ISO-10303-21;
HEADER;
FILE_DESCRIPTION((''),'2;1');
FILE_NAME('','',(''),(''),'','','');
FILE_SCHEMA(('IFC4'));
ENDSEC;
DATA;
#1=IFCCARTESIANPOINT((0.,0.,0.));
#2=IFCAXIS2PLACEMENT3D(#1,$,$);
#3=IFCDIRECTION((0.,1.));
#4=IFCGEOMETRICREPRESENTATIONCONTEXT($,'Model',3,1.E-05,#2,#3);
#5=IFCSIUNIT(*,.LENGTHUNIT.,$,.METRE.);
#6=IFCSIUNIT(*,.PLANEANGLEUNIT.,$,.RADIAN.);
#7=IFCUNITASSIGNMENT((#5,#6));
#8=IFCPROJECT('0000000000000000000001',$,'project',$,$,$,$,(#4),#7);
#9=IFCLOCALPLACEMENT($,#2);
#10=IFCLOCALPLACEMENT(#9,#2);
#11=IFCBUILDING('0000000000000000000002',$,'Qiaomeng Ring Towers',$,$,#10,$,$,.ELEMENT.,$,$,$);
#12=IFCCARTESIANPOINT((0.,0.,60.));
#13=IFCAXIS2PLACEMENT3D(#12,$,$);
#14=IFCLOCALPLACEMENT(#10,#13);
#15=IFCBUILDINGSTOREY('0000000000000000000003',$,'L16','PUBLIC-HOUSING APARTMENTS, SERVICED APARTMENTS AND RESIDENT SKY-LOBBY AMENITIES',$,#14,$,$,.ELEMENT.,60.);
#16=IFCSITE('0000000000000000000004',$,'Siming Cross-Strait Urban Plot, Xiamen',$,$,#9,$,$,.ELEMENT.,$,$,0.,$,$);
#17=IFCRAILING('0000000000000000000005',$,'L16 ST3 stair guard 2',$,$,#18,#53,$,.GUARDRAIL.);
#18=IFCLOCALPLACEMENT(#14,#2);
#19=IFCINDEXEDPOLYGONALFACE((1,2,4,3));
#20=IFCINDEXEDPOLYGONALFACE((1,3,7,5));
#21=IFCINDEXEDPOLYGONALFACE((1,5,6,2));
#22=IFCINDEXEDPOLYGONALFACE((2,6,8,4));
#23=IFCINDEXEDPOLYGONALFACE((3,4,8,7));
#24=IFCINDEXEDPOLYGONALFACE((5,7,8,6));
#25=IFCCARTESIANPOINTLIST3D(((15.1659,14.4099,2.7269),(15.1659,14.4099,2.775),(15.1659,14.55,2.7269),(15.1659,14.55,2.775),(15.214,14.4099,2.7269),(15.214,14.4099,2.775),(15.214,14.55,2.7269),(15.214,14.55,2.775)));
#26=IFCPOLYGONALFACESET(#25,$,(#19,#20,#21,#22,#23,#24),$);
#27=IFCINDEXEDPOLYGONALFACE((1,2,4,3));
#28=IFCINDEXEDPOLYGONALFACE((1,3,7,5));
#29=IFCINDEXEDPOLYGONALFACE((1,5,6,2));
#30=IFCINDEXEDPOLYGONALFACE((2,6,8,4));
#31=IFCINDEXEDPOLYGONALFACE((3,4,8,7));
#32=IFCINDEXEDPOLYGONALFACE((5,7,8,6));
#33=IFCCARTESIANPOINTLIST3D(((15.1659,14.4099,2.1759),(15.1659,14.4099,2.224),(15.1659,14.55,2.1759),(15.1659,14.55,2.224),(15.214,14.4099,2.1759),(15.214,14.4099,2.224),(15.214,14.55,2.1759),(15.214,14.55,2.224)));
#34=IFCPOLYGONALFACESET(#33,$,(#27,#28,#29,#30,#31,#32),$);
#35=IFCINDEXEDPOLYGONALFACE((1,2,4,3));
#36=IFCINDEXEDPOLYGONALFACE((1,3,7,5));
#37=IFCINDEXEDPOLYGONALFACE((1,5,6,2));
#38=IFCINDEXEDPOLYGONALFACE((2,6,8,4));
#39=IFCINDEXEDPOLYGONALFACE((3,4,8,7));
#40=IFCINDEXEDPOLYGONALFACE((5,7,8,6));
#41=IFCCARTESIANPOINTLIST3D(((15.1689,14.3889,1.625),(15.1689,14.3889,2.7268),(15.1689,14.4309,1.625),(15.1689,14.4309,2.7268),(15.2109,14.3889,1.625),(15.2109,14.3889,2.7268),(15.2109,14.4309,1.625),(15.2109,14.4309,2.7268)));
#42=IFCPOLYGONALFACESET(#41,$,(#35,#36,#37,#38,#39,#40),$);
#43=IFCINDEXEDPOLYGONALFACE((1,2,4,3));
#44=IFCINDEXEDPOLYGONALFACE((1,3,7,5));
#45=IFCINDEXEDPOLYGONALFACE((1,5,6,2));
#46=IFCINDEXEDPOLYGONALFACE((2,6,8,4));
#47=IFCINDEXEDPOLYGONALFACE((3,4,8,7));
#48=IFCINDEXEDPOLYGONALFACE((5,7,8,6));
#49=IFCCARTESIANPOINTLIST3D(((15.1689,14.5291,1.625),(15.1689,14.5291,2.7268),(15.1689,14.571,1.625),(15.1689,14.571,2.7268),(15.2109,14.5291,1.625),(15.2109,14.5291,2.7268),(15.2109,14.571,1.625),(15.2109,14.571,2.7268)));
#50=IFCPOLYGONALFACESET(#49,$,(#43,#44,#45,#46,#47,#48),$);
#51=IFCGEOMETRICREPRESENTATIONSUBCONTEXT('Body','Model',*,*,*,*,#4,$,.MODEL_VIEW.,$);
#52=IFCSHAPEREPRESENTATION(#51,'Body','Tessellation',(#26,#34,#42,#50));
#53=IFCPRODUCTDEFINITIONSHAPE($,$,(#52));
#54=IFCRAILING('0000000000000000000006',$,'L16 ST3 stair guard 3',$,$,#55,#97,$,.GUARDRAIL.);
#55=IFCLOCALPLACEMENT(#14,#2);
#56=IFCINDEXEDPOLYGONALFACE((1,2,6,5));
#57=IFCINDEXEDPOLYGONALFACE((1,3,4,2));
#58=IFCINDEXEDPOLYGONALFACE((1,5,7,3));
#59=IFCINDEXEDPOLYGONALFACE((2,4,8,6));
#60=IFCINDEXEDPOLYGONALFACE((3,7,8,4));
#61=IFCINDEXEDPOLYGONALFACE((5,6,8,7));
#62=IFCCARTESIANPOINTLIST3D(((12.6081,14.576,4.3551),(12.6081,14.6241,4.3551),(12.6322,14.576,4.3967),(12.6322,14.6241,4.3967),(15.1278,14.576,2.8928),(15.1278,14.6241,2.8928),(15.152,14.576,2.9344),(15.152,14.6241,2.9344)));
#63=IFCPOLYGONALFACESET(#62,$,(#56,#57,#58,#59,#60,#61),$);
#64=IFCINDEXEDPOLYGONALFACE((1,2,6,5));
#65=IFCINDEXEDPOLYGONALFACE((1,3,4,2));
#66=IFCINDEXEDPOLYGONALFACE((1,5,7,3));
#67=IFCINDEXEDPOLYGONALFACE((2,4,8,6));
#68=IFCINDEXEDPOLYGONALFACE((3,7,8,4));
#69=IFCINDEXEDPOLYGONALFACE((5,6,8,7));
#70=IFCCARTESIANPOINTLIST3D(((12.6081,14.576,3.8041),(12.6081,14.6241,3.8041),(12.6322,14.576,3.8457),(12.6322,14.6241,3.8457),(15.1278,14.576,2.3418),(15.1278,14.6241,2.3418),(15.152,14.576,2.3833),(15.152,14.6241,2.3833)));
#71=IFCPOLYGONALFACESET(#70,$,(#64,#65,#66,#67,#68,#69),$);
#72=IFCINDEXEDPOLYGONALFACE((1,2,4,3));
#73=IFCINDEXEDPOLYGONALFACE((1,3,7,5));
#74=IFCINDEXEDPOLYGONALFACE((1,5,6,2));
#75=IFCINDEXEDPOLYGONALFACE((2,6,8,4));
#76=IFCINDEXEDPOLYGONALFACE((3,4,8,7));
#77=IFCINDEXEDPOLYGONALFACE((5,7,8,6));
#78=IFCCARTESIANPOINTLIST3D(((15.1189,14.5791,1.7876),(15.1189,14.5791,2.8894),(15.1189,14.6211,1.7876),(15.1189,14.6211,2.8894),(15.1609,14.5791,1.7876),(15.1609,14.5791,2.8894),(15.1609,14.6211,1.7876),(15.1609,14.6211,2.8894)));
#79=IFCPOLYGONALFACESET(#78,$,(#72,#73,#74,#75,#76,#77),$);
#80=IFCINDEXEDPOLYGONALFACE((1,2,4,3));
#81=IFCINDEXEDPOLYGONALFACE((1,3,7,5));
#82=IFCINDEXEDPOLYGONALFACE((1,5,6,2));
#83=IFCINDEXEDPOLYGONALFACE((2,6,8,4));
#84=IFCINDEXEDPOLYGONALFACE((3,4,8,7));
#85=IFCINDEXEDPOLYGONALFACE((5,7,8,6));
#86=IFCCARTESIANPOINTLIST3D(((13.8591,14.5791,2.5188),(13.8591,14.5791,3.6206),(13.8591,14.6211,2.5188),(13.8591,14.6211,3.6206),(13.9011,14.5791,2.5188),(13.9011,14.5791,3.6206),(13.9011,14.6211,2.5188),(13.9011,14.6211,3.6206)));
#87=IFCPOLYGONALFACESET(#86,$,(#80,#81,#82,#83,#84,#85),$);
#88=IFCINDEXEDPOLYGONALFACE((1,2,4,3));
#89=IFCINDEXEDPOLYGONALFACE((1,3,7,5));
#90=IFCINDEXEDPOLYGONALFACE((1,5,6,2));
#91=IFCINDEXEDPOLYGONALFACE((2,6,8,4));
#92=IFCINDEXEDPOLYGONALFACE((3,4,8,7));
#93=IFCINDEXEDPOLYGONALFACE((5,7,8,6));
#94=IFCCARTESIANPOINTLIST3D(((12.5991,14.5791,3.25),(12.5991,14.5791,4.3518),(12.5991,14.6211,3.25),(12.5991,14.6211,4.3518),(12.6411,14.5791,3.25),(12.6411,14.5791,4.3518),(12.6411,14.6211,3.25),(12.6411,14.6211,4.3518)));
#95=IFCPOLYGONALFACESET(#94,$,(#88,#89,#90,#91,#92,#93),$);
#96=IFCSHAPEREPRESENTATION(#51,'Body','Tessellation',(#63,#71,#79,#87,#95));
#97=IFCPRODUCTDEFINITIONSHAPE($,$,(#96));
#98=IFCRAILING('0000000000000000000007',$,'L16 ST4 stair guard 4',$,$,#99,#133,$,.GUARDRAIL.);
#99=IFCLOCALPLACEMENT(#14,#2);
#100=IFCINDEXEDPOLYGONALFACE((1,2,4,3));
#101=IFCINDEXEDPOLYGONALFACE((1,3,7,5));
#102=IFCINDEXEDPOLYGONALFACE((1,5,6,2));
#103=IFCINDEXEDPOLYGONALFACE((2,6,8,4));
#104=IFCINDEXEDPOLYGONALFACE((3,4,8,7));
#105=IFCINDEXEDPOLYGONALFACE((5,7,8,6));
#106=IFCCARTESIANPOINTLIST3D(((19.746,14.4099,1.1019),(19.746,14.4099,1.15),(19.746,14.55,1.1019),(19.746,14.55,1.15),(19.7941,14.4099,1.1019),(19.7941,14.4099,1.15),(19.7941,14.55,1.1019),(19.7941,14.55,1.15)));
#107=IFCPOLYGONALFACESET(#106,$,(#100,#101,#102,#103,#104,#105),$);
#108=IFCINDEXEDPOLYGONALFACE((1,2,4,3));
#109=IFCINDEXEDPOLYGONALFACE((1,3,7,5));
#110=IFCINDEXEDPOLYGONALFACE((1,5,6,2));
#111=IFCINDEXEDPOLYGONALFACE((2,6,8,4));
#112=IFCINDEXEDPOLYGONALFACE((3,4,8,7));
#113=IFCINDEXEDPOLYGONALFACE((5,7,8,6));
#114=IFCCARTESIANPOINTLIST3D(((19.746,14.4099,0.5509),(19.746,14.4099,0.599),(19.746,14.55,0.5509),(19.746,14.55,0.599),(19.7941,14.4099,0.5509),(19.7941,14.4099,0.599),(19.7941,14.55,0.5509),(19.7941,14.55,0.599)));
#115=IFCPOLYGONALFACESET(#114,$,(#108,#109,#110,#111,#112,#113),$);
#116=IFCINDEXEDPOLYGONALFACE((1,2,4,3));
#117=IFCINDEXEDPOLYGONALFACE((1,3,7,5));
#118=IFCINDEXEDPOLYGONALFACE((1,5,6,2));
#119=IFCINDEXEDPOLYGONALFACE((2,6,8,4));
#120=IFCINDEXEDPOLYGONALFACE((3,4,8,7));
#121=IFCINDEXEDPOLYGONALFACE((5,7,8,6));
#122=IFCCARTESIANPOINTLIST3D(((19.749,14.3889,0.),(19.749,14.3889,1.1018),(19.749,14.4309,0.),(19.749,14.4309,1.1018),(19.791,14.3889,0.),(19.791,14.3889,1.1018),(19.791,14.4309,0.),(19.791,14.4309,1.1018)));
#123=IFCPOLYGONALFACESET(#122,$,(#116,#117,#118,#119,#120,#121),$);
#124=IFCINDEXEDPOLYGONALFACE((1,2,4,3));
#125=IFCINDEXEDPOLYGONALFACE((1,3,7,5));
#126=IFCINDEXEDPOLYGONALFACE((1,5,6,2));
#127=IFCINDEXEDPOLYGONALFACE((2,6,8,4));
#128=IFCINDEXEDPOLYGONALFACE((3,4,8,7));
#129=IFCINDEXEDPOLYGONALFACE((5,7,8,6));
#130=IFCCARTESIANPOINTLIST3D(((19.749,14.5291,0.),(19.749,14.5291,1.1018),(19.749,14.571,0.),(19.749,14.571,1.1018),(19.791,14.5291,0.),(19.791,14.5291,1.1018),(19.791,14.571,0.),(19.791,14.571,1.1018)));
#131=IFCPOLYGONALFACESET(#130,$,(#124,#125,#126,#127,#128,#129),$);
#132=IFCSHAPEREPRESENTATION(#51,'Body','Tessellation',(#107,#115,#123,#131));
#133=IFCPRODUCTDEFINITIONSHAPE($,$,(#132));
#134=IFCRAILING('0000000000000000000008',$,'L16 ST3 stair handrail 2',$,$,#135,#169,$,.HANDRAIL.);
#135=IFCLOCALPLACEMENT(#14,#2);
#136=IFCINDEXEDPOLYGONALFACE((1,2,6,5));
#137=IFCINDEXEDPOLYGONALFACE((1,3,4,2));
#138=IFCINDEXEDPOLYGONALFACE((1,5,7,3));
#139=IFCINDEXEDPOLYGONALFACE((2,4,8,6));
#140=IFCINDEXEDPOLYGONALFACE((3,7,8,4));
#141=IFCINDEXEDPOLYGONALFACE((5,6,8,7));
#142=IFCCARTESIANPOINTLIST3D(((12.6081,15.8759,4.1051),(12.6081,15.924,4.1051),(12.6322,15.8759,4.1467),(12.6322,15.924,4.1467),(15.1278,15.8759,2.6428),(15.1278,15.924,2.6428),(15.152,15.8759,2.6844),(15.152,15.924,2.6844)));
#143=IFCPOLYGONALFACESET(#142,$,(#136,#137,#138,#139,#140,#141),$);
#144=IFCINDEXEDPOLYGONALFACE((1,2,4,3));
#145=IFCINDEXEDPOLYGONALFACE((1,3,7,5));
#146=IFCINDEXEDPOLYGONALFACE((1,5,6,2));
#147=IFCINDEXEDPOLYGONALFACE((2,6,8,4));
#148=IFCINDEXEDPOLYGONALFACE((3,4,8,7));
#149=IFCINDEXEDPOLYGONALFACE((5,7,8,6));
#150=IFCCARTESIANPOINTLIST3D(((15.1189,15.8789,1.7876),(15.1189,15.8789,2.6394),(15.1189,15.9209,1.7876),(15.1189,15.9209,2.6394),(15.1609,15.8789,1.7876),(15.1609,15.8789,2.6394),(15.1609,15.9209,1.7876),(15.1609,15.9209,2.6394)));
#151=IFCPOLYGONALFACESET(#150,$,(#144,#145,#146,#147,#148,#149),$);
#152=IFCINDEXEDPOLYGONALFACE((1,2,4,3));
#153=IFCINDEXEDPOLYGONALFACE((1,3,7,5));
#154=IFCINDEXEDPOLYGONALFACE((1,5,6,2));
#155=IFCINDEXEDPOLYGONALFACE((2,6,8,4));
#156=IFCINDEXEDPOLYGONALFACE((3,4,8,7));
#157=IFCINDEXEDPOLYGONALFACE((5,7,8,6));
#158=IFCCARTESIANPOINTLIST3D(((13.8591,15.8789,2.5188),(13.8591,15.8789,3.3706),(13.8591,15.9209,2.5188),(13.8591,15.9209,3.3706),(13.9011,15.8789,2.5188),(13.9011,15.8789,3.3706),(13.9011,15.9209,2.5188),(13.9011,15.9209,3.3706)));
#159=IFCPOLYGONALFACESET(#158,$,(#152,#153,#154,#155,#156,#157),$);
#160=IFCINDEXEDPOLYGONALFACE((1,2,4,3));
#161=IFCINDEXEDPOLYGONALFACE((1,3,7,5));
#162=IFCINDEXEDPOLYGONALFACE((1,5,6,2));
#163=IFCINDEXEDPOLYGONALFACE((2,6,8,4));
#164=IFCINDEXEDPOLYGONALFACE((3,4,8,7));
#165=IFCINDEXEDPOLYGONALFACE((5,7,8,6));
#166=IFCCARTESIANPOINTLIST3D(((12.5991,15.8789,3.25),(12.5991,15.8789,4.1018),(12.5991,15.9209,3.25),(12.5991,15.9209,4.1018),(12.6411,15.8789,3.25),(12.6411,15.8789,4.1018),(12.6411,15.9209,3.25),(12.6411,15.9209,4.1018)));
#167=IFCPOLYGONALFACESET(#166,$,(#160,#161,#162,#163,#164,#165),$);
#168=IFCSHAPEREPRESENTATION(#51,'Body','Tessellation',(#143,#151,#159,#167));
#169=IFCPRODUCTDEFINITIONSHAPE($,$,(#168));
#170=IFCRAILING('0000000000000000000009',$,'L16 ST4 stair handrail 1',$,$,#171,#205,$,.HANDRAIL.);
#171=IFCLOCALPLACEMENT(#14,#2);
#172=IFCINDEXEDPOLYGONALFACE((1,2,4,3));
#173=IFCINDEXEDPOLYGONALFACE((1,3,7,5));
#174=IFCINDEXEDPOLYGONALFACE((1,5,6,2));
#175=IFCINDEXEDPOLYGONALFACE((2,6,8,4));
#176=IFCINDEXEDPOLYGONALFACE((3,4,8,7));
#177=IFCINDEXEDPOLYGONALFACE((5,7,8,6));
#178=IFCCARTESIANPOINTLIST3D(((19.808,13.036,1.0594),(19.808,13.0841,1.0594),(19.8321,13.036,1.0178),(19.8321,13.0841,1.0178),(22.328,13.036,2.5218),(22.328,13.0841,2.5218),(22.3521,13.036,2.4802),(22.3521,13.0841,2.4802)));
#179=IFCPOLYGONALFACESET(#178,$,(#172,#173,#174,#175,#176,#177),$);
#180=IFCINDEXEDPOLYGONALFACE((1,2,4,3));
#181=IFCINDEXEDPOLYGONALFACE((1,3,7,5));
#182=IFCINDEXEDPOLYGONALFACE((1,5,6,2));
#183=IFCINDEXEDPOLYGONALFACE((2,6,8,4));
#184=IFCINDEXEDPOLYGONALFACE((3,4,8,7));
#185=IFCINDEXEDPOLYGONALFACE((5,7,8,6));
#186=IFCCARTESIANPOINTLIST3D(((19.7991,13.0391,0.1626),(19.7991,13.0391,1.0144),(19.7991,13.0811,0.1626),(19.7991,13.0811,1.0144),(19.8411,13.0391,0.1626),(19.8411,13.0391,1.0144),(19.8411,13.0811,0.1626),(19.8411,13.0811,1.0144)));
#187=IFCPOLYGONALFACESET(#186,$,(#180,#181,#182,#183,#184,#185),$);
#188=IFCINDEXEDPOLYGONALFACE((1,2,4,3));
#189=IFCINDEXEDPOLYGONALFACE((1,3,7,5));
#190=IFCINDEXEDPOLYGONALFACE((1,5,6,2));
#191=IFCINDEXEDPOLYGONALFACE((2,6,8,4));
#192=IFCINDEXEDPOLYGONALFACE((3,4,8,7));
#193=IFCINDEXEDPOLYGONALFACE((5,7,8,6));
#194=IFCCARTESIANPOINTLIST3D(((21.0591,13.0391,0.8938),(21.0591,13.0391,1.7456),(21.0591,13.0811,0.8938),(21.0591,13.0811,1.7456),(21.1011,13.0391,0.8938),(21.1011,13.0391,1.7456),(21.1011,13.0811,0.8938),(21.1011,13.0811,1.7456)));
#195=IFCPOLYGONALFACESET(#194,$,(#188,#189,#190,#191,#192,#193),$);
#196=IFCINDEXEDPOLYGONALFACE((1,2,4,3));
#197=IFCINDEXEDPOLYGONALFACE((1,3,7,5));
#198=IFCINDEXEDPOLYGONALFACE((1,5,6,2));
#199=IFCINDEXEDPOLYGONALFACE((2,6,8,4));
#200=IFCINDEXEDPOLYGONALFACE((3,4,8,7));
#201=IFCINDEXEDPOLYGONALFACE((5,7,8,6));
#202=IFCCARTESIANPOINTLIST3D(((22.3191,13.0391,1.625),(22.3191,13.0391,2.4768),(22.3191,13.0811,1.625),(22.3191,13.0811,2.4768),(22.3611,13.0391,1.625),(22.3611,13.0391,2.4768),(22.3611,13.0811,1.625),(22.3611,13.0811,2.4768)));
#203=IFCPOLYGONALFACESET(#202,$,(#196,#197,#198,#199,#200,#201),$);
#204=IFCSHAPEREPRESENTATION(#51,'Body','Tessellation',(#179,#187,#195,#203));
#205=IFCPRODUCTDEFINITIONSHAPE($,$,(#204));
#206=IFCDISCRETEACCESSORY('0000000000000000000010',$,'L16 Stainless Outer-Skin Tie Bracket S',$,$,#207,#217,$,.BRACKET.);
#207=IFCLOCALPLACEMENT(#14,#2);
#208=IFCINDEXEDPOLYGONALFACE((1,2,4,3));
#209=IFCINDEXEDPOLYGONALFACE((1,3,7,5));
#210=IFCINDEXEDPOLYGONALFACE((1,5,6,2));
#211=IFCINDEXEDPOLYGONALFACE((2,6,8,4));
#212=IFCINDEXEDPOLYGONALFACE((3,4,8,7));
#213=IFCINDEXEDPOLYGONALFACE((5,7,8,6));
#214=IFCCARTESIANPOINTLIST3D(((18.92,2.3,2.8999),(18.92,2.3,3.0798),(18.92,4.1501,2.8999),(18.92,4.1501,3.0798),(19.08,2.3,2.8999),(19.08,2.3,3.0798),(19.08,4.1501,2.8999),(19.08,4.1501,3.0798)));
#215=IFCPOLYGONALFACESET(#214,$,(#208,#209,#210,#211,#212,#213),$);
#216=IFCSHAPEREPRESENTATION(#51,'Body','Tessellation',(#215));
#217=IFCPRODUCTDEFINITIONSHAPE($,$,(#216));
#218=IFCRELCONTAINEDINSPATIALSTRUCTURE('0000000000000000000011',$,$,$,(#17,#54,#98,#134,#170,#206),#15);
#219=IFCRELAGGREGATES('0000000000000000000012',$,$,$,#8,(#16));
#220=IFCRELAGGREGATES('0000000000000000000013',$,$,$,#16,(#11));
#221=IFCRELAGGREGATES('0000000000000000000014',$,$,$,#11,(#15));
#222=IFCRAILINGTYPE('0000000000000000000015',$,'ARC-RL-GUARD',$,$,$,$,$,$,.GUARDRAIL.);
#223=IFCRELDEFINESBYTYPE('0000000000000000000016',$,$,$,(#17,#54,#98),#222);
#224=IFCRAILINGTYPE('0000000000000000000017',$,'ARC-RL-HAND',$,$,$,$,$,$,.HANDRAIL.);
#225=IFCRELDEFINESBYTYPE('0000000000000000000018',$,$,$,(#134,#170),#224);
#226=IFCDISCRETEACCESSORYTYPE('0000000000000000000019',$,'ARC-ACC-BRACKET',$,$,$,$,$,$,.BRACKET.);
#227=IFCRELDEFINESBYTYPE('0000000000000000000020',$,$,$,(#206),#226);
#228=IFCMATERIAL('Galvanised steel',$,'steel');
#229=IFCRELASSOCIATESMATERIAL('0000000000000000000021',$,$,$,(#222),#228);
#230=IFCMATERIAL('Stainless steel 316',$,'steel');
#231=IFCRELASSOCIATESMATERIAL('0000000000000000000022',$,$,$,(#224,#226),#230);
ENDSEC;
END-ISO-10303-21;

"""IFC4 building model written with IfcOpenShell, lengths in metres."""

from ifc_helpers import new_model, si_unit, direction, frame, origin, origin_2d, place, context, subcontext, project, spatial, rectangle, extrude, source, transform, mapped, material, type_object, element, save


model = new_model("IFC4")

# Units and contexts
model_context = context("Model", 3, precision=1e-05, world=origin(), true_north=direction((0.0, 1.0)))
body_context = subcontext(model_context, "Body", "Model", "MODEL_VIEW")
ifc_project = project(units=[si_unit("LENGTHUNIT", "METRE"), si_unit("PLANEANGLEUNIT", "RADIAN")], contexts=[model_context])

# Site, building, storey
site_placement = place(None, origin())
site = spatial("IfcSite", under=ifc_project, at=site_placement, Name="Siming Cross-Strait Urban Plot, Xiamen", CompositionType="ELEMENT", RefElevation=0.0)
building_placement = place(site_placement, origin())
building = spatial("IfcBuilding", under=site, at=building_placement, Name="Qiaomeng Ring Towers", CompositionType="ELEMENT")
storey_placement = place(building_placement, frame((0.0, 0.0, 60.0)))
storey = spatial("IfcBuildingStorey", under=building, at=storey_placement, Name="L16", Description="PUBLIC-HOUSING APARTMENTS, SERVICED APARTMENTS AND RESIDENT SKY-LOBBY AMENITIES", CompositionType="ELEMENT", Elevation=60.0)

# Shared definitions
ifc_material_1 = material(Name="Galvanised steel", Category="steel")

# Railings
railing_type_1 = type_object("IfcRailingType", Name="ARC-RL-GUARD", PredefinedType="GUARDRAIL", material=ifc_material_1)
railing_1_placement = place(storey_placement, frame((15.1899, 14.4099, 1.625)))
element("IfcRailing", 1, at=railing_1_placement, inside=storey, type_object=railing_type_1, Name="L16 ST3 stair guard 2", PredefinedType="GUARDRAIL", context=body_context, shape_type="SweptSolid", body=[
    extrude(rectangle(XDim=0.0481, YDim=0.0481, at=origin_2d()), frame((0.0, 0.0, 1.126), z_axis=(0.0, 1.0, 0.0), x_axis=(-1.0, 0.0, 0.0)), (0.0, 0.0, 1.0), 0.1401),
    extrude(rectangle(XDim=0.0481, YDim=0.0481, at=origin_2d()), frame((0.0, 0.0, 0.575), z_axis=(0.0, 1.0, 0.0), x_axis=(-1.0, 0.0, 0.0)), (0.0, 0.0, 1.0), 0.1401),
    extrude(rectangle(XDim=0.042, YDim=0.042, at=origin_2d()), origin(), (0.0, 0.0, 1.0), 1.1018),
    extrude(rectangle(XDim=0.042, YDim=0.042, at=origin_2d()), frame((0.0, 0.1401, 0.0)), (0.0, 0.0, 1.0), 1.1018),
])
railing_2_placement = place(storey_placement, frame((15.1399, 14.6001, 1.7876)))
element("IfcRailing", 2, at=railing_2_placement, inside=storey, type_object=railing_type_1, Name="L16 ST3 stair guard 3", PredefinedType="GUARDRAIL", context=body_context, shape_type="SweptSolid", body=[
    extrude(rectangle(XDim=0.0481, YDim=0.0481, at=origin_2d()), frame((0.0, 0.0, 1.126), z_axis=(-0.864892, 0.0, 0.501958), x_axis=(0.0, -1.0, 0.0)), (0.0, 0.0, 1.0), 2.9133),
    extrude(rectangle(XDim=0.0481, YDim=0.0481, at=origin_2d()), frame((0.0, 0.0, 0.575), z_axis=(-0.864892, 0.0, 0.501958), x_axis=(0.0, -1.0, 0.0)), (0.0, 0.0, 1.0), 2.9133),
    extrude(rectangle(XDim=0.042, YDim=0.042, at=origin_2d()), origin(), (0.0, 0.0, 1.0), 1.1018),
    extrude(rectangle(XDim=0.042, YDim=0.042, at=origin_2d()), frame((-1.2598, 0.0, 0.7312)), (0.0, 0.0, 1.0), 1.1018),
    extrude(rectangle(XDim=0.042, YDim=0.042, at=origin_2d()), frame((-2.5198, 0.0, 1.4624)), (0.0, 0.0, 1.0), 1.1018),
])
railing_3_placement = place(storey_placement, frame((19.77, 14.4099, 0.0)))
element("IfcRailing", 3, at=railing_3_placement, inside=storey, type_object=railing_type_1, Name="L16 ST4 stair guard 4", PredefinedType="GUARDRAIL", context=body_context, shape_type="SweptSolid", body=[
    extrude(rectangle(XDim=0.0481, YDim=0.0481, at=origin_2d()), frame((0.0, 0.0, 1.126), z_axis=(0.0, 1.0, 0.0), x_axis=(-1.0, 0.0, 0.0)), (0.0, 0.0, 1.0), 0.1401),
    extrude(rectangle(XDim=0.0481, YDim=0.0481, at=origin_2d()), frame((0.0, 0.0, 0.575), z_axis=(0.0, 1.0, 0.0), x_axis=(-1.0, 0.0, 0.0)), (0.0, 0.0, 1.0), 0.1401),
    extrude(rectangle(XDim=0.042, YDim=0.042, at=origin_2d()), origin(), (0.0, 0.0, 1.0), 1.1018),
    extrude(rectangle(XDim=0.042, YDim=0.042, at=origin_2d()), frame((0.0, 0.1401, 0.0)), (0.0, 0.0, 1.0), 1.1018),
])
ifc_material_2 = material(Name="Stainless steel 316", Category="steel")
railing_type_2 = type_object("IfcRailingType", Name="ARC-RL-HAND", PredefinedType="HANDRAIL", material=ifc_material_2)
railing_4_placement = place(storey_placement, frame((15.1399, 15.8999, 1.7876)))
element("IfcRailing", 4, at=railing_4_placement, inside=storey, type_object=railing_type_2, Name="L16 ST3 stair handrail 2", PredefinedType="HANDRAIL", context=body_context, shape_type="SweptSolid", body=[
    extrude(rectangle(XDim=0.0481, YDim=0.0481, at=origin_2d()), frame((0.0, 0.0, 0.876), z_axis=(-0.864892, 0.0, 0.501958), x_axis=(0.0, -1.0, 0.0)), (0.0, 0.0, 1.0), 2.9133),
    extrude(rectangle(XDim=0.042, YDim=0.042, at=origin_2d()), origin(), (0.0, 0.0, 1.0), 0.8518),
    extrude(rectangle(XDim=0.042, YDim=0.042, at=origin_2d()), frame((-1.2598, 0.0, 0.7312)), (0.0, 0.0, 1.0), 0.8518),
    extrude(rectangle(XDim=0.042, YDim=0.042, at=origin_2d()), frame((-2.5198, 0.0, 1.4624)), (0.0, 0.0, 1.0), 0.8518),
])
railing_5_placement = place(storey_placement, frame((19.8201, 13.0601, 0.1626)))
element("IfcRailing", 5, at=railing_5_placement, inside=storey, type_object=railing_type_2, Name="L16 ST4 stair handrail 1", PredefinedType="HANDRAIL", context=body_context, shape_type="SweptSolid", body=[
    extrude(rectangle(XDim=0.0481, YDim=0.0481, at=origin_2d()), frame((0.0, 0.0, 0.876), z_axis=(0.864913, 0.0, 0.501921), x_axis=(0.0, 1.0, 0.0)), (0.0, 0.0, 1.0), 2.9136),
    extrude(rectangle(XDim=0.042, YDim=0.042, at=origin_2d()), origin(), (0.0, 0.0, 1.0), 0.8518),
    extrude(rectangle(XDim=0.042, YDim=0.042, at=origin_2d()), frame((1.26, 0.0, 0.7312)), (0.0, 0.0, 1.0), 0.8518),
    extrude(rectangle(XDim=0.042, YDim=0.042, at=origin_2d()), frame((2.52, 0.0, 1.4624)), (0.0, 0.0, 1.0), 0.8518),
])

# Discrete accessory
discrete_accessory_type = type_object("IfcDiscreteAccessoryType", Name="ARC-ACC-BRACKET", PredefinedType="BRACKET", material=ifc_material_2)
shared_shape_1 = source(origin(), body_context, "Body", "SweptSolid", [
    extrude(rectangle(XDim=0.1599, YDim=1.8501, at=origin_2d()), origin(), (0.0, 0.0, 1.0), 0.1799),
])
discrete_accessory_placement = place(storey_placement, frame((19.0, 3.2251, 2.8999), z_axis=(0.0, 0.0, 1.0), x_axis=(1.0, 0.0, 0.0)))
element("IfcDiscreteAccessory", 6, at=discrete_accessory_placement, inside=storey, type_object=discrete_accessory_type, Name="L16 Stainless Outer-Skin Tie Bracket S", PredefinedType="BRACKET", context=body_context, shape_type="MappedRepresentation", body=[
    mapped(shared_shape_1, transform((0.0, 0.0, 0.0), x_axis=(1.0, 0.0, 0.0), y_axis=(0.0, 1.0, 0.0), z_axis=(0.0, 0.0, 1.0), scale=1.0)),
])

save(model, "model.ifc")
